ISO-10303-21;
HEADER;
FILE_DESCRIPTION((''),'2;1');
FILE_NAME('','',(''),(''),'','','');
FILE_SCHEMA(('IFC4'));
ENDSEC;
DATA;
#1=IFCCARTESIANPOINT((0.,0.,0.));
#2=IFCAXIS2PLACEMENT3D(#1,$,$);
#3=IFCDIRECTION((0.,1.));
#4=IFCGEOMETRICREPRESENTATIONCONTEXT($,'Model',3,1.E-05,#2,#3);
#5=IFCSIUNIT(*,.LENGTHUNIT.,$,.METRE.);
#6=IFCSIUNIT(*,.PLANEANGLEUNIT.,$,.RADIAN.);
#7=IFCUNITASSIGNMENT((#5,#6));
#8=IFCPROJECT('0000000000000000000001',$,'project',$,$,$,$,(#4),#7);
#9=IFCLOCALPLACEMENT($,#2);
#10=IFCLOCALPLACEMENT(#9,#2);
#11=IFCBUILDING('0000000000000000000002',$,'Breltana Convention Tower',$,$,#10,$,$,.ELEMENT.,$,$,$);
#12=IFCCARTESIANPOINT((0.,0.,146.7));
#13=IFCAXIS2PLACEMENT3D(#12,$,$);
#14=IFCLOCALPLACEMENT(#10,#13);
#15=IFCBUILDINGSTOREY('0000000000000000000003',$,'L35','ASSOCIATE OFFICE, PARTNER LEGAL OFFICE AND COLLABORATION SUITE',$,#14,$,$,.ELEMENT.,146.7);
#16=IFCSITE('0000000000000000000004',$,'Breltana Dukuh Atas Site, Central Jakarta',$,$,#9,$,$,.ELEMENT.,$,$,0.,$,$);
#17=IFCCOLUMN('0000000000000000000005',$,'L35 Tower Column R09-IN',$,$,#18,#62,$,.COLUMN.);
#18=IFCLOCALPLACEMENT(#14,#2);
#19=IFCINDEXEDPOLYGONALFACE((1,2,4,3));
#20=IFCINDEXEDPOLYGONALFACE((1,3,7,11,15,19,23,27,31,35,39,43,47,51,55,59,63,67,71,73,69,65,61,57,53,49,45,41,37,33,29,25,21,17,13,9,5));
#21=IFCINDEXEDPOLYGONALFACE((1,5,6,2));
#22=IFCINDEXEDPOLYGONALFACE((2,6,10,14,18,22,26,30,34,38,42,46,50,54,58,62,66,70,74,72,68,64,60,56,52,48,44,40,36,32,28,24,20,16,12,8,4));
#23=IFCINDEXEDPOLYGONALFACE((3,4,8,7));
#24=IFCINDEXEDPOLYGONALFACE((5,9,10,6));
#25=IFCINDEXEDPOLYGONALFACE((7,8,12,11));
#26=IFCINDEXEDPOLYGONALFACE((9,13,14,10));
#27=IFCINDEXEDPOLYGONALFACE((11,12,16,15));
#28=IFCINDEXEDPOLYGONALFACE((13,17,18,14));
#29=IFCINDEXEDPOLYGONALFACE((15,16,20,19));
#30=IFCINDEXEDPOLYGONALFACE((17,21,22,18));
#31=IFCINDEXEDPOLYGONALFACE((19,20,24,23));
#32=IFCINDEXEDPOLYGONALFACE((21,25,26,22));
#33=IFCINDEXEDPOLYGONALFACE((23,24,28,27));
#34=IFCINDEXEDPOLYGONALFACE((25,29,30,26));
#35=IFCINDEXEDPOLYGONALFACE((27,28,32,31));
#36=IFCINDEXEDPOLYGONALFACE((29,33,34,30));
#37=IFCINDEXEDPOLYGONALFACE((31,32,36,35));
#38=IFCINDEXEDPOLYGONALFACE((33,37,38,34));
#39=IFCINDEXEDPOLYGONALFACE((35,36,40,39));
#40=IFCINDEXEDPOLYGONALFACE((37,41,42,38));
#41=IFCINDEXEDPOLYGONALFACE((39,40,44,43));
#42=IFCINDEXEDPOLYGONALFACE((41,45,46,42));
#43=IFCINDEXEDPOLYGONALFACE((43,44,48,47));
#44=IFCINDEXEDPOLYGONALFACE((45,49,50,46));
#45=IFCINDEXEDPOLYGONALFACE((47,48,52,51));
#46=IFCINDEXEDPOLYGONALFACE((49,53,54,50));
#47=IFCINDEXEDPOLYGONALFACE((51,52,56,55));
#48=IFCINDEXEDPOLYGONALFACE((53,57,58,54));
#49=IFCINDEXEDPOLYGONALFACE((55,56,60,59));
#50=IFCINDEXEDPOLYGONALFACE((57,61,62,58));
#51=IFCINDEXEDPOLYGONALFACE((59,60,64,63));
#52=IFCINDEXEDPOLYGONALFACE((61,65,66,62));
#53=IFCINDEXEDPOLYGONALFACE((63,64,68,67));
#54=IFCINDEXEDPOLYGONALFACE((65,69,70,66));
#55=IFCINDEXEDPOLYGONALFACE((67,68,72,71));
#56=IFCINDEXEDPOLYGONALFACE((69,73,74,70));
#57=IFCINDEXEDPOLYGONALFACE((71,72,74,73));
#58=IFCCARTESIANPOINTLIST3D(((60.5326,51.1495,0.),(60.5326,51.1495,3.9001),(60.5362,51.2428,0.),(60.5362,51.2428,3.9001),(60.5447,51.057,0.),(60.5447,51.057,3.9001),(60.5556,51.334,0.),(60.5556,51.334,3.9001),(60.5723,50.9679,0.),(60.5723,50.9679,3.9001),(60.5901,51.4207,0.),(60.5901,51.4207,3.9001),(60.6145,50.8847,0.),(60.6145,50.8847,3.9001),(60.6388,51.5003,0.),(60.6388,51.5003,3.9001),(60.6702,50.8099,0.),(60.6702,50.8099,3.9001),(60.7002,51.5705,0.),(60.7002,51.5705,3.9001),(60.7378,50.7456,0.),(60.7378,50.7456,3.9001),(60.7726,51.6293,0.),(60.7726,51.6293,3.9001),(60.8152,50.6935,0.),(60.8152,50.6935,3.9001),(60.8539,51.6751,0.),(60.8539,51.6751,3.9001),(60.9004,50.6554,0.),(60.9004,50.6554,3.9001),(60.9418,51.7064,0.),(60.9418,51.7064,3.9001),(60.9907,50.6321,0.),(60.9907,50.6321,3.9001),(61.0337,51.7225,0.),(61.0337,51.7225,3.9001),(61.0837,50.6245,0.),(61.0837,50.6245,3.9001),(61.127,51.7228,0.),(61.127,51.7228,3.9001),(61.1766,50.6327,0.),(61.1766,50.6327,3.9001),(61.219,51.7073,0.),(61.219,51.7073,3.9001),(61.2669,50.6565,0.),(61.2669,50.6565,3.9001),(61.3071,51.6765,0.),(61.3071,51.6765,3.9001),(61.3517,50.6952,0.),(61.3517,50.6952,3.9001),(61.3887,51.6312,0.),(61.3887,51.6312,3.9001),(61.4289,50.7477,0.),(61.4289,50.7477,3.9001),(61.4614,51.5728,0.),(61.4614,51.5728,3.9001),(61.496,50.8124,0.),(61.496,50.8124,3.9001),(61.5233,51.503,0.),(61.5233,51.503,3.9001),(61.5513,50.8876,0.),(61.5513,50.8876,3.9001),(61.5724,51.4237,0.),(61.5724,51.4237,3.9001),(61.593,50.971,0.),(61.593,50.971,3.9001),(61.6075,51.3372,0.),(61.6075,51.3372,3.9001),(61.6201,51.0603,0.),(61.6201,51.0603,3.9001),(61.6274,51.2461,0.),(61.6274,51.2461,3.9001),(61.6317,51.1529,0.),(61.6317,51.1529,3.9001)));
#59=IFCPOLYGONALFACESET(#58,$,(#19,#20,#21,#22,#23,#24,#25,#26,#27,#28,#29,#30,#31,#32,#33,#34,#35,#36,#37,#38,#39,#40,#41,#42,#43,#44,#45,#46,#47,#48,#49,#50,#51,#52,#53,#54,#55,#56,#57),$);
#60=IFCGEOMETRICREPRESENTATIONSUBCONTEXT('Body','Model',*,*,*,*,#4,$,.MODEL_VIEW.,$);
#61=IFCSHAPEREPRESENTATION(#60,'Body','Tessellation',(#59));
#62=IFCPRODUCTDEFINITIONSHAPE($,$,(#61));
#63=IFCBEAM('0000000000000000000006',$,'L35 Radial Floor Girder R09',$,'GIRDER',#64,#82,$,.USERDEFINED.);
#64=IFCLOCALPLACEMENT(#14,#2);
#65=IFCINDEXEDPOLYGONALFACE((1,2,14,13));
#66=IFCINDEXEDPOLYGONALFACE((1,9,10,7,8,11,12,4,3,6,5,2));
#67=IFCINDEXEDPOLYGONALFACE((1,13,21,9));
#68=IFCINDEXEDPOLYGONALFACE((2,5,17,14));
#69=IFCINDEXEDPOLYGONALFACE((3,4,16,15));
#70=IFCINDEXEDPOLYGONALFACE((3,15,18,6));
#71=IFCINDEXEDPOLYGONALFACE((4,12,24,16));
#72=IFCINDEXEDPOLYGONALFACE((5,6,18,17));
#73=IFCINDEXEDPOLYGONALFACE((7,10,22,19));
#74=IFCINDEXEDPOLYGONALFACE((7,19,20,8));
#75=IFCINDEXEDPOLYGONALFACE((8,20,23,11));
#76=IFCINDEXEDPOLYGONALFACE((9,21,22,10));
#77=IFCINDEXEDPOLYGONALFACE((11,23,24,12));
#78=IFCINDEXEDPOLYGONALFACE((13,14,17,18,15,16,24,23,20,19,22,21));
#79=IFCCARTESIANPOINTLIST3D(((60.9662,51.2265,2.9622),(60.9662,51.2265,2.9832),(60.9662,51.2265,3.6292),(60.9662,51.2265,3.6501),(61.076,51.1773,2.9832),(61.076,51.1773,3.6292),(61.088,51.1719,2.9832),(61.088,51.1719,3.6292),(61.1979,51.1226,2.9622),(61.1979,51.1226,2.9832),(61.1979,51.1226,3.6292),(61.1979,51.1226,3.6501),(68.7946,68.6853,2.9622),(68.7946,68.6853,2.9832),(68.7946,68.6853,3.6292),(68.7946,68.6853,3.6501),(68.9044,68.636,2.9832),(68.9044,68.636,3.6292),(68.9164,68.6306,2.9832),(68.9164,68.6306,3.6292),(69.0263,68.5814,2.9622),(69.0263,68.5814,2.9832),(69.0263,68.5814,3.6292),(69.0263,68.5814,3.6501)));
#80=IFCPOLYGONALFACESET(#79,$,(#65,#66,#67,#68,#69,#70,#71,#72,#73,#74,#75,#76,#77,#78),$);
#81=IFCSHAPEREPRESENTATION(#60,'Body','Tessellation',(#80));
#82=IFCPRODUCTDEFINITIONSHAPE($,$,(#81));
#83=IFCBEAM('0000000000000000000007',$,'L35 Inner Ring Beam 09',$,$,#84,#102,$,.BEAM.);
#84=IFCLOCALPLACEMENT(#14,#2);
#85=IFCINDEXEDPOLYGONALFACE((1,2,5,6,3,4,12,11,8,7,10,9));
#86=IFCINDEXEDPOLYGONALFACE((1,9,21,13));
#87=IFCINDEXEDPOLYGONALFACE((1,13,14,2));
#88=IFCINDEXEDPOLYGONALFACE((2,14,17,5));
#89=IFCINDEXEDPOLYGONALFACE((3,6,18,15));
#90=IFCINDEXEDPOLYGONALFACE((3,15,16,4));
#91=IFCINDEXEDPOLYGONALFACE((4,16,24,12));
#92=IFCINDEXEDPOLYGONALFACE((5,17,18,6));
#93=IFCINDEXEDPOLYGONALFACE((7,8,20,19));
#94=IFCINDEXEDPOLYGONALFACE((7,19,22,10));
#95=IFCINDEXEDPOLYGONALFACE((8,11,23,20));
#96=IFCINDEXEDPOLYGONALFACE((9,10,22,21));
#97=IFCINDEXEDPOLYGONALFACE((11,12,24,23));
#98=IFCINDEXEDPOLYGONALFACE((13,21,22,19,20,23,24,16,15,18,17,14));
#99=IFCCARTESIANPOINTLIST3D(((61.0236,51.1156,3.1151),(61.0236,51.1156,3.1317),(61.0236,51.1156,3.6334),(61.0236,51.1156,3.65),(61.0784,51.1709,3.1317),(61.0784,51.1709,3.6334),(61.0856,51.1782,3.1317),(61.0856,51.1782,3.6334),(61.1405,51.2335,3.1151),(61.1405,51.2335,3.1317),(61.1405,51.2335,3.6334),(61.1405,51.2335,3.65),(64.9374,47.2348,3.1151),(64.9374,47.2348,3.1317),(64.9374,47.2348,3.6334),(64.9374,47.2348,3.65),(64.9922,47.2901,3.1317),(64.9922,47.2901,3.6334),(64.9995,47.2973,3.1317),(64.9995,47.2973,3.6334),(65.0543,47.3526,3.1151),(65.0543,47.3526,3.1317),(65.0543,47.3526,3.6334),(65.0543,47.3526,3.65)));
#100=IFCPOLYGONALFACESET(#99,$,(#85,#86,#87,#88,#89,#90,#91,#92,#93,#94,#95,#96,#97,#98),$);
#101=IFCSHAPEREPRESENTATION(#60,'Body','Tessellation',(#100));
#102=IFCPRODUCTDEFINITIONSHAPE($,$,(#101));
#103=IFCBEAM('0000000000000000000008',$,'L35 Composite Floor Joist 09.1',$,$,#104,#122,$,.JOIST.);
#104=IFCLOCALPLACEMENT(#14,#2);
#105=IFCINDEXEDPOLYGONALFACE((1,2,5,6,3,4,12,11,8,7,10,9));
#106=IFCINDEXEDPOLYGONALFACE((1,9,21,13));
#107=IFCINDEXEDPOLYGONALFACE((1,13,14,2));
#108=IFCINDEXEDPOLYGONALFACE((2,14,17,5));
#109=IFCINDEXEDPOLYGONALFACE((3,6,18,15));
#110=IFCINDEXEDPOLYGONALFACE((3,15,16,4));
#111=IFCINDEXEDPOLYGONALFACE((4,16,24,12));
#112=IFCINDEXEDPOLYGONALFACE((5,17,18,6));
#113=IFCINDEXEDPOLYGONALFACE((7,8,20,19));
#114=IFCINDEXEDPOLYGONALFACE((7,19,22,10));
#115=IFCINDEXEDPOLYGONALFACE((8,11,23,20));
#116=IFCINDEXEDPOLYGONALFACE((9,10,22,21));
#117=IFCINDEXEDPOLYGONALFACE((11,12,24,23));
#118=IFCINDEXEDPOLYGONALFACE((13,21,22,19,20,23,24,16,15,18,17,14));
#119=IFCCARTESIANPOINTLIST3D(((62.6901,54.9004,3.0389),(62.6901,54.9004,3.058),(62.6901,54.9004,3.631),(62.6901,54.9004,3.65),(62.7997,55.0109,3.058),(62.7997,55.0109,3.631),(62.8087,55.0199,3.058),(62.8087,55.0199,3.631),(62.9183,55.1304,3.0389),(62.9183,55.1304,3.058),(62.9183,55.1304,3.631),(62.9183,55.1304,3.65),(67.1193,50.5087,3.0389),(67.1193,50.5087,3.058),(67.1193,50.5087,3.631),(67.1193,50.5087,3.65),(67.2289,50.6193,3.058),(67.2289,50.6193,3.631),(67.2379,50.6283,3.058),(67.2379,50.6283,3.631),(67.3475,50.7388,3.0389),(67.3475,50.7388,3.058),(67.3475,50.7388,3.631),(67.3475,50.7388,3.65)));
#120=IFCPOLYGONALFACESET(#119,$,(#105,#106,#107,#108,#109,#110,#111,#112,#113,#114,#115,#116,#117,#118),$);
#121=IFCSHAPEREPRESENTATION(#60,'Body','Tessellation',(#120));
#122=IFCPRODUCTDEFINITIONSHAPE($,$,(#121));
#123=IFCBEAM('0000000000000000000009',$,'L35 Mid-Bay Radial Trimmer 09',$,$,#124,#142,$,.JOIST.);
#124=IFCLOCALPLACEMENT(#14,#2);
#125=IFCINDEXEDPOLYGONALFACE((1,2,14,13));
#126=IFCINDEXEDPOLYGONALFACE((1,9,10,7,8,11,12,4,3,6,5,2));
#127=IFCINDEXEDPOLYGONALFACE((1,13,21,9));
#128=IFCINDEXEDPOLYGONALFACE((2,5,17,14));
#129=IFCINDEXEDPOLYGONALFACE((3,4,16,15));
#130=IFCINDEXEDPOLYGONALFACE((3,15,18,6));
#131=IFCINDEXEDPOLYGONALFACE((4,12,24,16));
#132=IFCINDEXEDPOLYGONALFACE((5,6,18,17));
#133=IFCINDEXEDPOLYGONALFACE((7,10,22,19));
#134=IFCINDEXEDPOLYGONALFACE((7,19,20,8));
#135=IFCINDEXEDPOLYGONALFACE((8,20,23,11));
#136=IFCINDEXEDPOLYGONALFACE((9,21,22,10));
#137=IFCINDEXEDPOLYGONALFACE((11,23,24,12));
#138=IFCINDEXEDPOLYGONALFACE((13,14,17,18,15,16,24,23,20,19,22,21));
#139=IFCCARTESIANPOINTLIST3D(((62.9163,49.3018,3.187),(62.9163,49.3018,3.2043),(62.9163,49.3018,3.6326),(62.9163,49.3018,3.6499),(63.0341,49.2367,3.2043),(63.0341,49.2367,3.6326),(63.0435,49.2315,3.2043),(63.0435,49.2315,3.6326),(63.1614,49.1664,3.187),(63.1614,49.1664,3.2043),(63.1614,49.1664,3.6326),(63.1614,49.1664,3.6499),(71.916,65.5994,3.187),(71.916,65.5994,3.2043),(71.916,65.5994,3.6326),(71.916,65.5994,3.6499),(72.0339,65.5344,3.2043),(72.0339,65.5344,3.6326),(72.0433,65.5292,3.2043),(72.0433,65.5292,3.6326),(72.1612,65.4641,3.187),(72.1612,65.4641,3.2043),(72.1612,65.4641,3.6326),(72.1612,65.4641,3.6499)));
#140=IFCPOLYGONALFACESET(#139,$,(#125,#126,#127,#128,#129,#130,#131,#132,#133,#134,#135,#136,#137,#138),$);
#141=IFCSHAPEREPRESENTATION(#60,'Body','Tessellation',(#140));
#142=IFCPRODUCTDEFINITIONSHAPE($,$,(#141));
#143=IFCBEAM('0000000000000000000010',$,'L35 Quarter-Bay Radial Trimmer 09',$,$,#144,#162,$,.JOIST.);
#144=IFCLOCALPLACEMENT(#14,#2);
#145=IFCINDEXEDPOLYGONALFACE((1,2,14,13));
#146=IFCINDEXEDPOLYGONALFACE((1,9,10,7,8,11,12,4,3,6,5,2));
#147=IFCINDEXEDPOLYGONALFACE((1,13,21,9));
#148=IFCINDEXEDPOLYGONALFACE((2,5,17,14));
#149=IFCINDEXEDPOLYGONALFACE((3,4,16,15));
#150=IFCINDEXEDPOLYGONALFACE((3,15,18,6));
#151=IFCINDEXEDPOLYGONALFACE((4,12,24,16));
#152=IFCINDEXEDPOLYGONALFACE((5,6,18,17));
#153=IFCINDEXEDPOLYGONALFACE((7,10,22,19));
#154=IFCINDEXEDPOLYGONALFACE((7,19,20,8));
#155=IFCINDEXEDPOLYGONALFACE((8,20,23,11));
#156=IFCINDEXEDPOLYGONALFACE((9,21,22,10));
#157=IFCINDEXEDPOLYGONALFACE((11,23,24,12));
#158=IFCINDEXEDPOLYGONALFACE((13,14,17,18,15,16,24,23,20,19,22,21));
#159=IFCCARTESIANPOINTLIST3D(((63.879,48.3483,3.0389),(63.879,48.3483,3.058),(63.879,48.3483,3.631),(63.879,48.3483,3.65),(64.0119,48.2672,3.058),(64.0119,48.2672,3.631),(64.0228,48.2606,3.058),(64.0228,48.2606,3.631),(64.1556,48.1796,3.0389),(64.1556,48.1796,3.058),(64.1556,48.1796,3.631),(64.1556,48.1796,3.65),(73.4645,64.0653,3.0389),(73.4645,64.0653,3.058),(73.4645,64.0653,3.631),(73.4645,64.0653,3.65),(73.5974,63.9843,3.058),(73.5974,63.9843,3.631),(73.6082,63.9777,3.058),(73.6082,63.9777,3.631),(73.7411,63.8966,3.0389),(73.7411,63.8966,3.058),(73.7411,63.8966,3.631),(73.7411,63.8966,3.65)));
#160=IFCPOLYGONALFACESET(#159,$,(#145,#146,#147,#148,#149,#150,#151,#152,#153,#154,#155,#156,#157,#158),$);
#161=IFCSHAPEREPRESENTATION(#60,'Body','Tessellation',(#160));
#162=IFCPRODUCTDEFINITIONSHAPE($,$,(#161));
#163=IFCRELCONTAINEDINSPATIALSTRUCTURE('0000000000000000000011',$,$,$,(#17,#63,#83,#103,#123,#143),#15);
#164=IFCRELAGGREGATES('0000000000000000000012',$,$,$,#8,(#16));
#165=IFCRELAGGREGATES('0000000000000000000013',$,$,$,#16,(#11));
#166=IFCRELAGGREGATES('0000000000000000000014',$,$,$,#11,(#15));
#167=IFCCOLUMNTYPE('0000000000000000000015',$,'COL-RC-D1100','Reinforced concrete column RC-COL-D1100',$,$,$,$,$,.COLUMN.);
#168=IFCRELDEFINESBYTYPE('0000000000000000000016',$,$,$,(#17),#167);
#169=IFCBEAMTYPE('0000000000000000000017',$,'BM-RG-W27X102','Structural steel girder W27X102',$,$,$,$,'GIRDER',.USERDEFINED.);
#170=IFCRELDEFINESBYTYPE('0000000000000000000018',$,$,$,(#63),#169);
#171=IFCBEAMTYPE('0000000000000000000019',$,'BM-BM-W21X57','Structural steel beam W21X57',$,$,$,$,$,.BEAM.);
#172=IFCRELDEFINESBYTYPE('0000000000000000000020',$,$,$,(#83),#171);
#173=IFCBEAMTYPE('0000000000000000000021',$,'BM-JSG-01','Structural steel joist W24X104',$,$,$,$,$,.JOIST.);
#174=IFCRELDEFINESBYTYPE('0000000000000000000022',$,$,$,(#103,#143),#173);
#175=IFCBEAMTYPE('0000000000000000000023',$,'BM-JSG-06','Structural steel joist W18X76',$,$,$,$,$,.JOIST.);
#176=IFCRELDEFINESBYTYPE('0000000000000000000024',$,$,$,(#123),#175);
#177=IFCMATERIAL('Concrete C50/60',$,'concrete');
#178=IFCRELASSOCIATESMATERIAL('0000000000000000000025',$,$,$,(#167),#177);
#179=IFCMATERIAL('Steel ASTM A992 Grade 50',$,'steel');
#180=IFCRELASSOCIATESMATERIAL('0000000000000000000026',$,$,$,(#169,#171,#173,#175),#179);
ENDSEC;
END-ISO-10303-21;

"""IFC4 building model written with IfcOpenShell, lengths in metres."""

from ifc_helpers import new_model, si_unit, direction, frame, origin, origin_2d, place, context, subcontext, project, spatial, circle, i_section, extrude, source, transform, mapped, material, material_profile, profile_set, type_object, element, save


model = new_model("IFC4")

# Units and contexts
model_context = context("Model", 3, precision=1e-05, world=origin(), true_north=direction((0.0, 1.0)))
body_context = subcontext(model_context, "Body", "Model", "MODEL_VIEW")
ifc_project = project(units=[si_unit("LENGTHUNIT", "METRE"), si_unit("PLANEANGLEUNIT", "RADIAN")], contexts=[model_context])

# Site, building, storey
site_placement = place(None, origin())
site = spatial("IfcSite", under=ifc_project, at=site_placement, Name="Breltana Dukuh Atas Site, Central Jakarta", CompositionType="ELEMENT", RefElevation=0.0)
building_placement = place(site_placement, origin())
building = spatial("IfcBuilding", under=site, at=building_placement, Name="Breltana Convention Tower", CompositionType="ELEMENT")
storey_placement = place(building_placement, frame((0.0, 0.0, 146.7)))
storey = spatial("IfcBuildingStorey", under=building, at=storey_placement, Name="L35", Description="ASSOCIATE OFFICE, PARTNER LEGAL OFFICE AND COLLABORATION SUITE", CompositionType="ELEMENT", Elevation=146.7)

# Column
ifc_material_1 = material(Name="Concrete C50/60", Category="concrete")
ifc_material_profile_1 = material_profile(ifc_material_1, circle(Radius=0.55, at=origin_2d()), Name="RC-COL-D1100")
ifc_profile_set_1 = profile_set([ifc_material_profile_1], Name="Concrete C50/60")
column_type = type_object("IfcColumnType", Name="COL-RC-D1100", Description="Reinforced concrete column RC-COL-D1100", PredefinedType="COLUMN", material=ifc_profile_set_1)
shared_shape_1 = source(origin(), body_context, "Body", "SweptSolid", [
    extrude(circle(Radius=0.55, at=origin_2d()), origin(), (0.0, 0.0, 1.0), 3.9001),
])
for number, where, z_axis, x_axis, name in (
    (1, (61.082, 51.1746, 0.0), (0.0, 0.0, 1.0), (0.409127, 0.912477, 0.0), "L35 Tower Column R09-IN"),
):
    element("IfcColumn", number, at=place(storey_placement, frame(where, z_axis=z_axis, x_axis=x_axis)), inside=storey, type_object=column_type, Name=name, PredefinedType="COLUMN", context=body_context, shape_type="MappedRepresentation", body=[
        mapped(shared_shape_1, transform((0.0, 0.0, 0.0), scale=1.0)),
    ])

# Beams
ifc_material_2 = material(Name="Steel ASTM A992 Grade 50", Category="steel")
ifc_material_profile_2 = material_profile(ifc_material_2, i_section(OverallWidth=0.2539, OverallDepth=0.688, WebThickness=0.0132, FlangeThickness=0.021, at=origin_2d()), Name="W27X102")
ifc_profile_set_2 = profile_set([ifc_material_profile_2], Name="Steel ASTM A992 Grade 50")
beam_type_1 = type_object("IfcBeamType", Name="BM-RG-W27X102", Description="Structural steel girder W27X102", ElementType="GIRDER", PredefinedType="USERDEFINED", material=ifc_profile_set_2)
shared_shape_2 = source(origin(), body_context, "Body", "SweptSolid", [
    extrude(i_section(OverallWidth=0.2539, OverallDepth=0.688, WebThickness=0.0132, FlangeThickness=0.021, at=origin_2d()), origin(), (0.0, 0.0, 1.0), 19.1335),
])
beam_1_placement = place(storey_placement, frame((61.082, 51.1746, 3.3062), z_axis=(0.409145, 0.91247, 0.0), x_axis=(-0.91247, 0.409145, 0.0)))
element("IfcBeam", 2, at=beam_1_placement, inside=storey, type_object=beam_type_1, Name="L35 Radial Floor Girder R09", ObjectType="GIRDER", PredefinedType="USERDEFINED", context=body_context, shape_type="MappedRepresentation", body=[
    mapped(shared_shape_2, transform((0.0, 0.0, 0.0), scale=1.0)),
])
ifc_material_profile_3 = material_profile(ifc_material_2, i_section(OverallWidth=0.166, OverallDepth=0.5349, WebThickness=0.0103, FlangeThickness=0.0166, at=origin_2d()), Name="W21X57")
ifc_profile_set_3 = profile_set([ifc_material_profile_3], Name="Steel ASTM A992 Grade 50")
beam_type_2 = type_object("IfcBeamType", Name="BM-BM-W21X57", Description="Structural steel beam W21X57", PredefinedType="BEAM", material=ifc_profile_set_3)
shared_shape_3 = source(origin(), body_context, "Body", "SweptSolid", [
    extrude(i_section(OverallWidth=0.166, OverallDepth=0.5349, WebThickness=0.0103, FlangeThickness=0.0166, at=origin_2d()), origin(), (0.0, 0.0, 1.0), 5.5117),
])
beam_2_placement = place(storey_placement, frame((61.082, 51.1746, 3.3826), z_axis=(0.71009, -0.704111, 0.0), x_axis=(0.704111, 0.71009, 0.0)))
element("IfcBeam", 3, at=beam_2_placement, inside=storey, type_object=beam_type_2, Name="L35 Inner Ring Beam 09", PredefinedType="BEAM", context=body_context, shape_type="MappedRepresentation", body=[
    mapped(shared_shape_3, transform((0.0, 0.0, 0.0), scale=1.0)),
])
ifc_material_profile_4 = material_profile(ifc_material_2, i_section(OverallWidth=0.324, OverallDepth=0.6111, WebThickness=0.0127, FlangeThickness=0.019, at=origin_2d()), Name="W24X104")
ifc_profile_set_4 = profile_set([ifc_material_profile_4], Name="Steel ASTM A992 Grade 50")
beam_type_3 = type_object("IfcBeamType", Name="BM-JSG-01", Description="Structural steel joist W24X104", PredefinedType="JOIST", material=ifc_profile_set_4)
shared_shape_4 = source(origin(), body_context, "Body", "SweptSolid", [
    extrude(i_section(OverallWidth=0.324, OverallDepth=0.6111, WebThickness=0.0127, FlangeThickness=0.019, at=origin_2d()), origin(), (0.0, 0.0, 1.0), 6.2373),
])
beam_3_placement = place(storey_placement, frame((62.8042, 55.0154, 3.3445), z_axis=(0.710114, -0.704086, 0.0), x_axis=(0.704086, 0.710114, 0.0)))
element("IfcBeam", 4, at=beam_3_placement, inside=storey, type_object=beam_type_3, Name="L35 Composite Floor Joist 09.1", PredefinedType="JOIST", context=body_context, shape_type="MappedRepresentation", body=[
    mapped(shared_shape_4, transform((0.0, 0.0, 0.0), scale=1.0)),
])
ifc_material_profile_5 = material_profile(ifc_material_2, i_section(OverallWidth=0.28, OverallDepth=0.4629, WebThickness=0.0107, FlangeThickness=0.0173, at=origin_2d()), Name="W18X76")
ifc_profile_set_5 = profile_set([ifc_material_profile_5], Name="Steel ASTM A992 Grade 50")
beam_type_4 = type_object("IfcBeamType", Name="BM-JSG-06", Description="Structural steel joist W18X76", PredefinedType="JOIST", material=ifc_profile_set_5)
shared_shape_5 = source(origin(), body_context, "Body", "SweptSolid", [
    extrude(i_section(OverallWidth=0.28, OverallDepth=0.4629, WebThickness=0.0107, FlangeThickness=0.0173, at=origin_2d()), origin(), (0.0, 0.0, 1.0), 18.6174),
])
beam_4_placement = place(storey_placement, frame((63.0388, 49.2341, 3.4185), z_axis=(0.483406, 0.875396, 0.0), x_axis=(-0.875396, 0.483406, 0.0)))
element("IfcBeam", 5, at=beam_4_placement, inside=storey, type_object=beam_type_4, Name="L35 Mid-Bay Radial Trimmer 09", PredefinedType="JOIST", context=body_context, shape_type="MappedRepresentation", body=[
    mapped(shared_shape_5, transform((0.0, 0.0, 0.0), scale=1.0)),
])
shared_shape_6 = source(origin(), body_context, "Body", "SweptSolid", [
    extrude(i_section(OverallWidth=0.324, OverallDepth=0.6111, WebThickness=0.0127, FlangeThickness=0.019, at=origin_2d()), origin(), (0.0, 0.0, 1.0), 18.4094),
])
beam_5_placement = place(storey_placement, frame((64.0173, 48.2639, 3.3445), z_axis=(0.520682, 0.853751, 0.0), x_axis=(-0.853751, 0.520682, 0.0)))
element("IfcBeam", 6, at=beam_5_placement, inside=storey, type_object=beam_type_3, Name="L35 Quarter-Bay Radial Trimmer 09", PredefinedType="JOIST", context=body_context, shape_type="MappedRepresentation", body=[
    mapped(shared_shape_6, transform((0.0, 0.0, 0.0), scale=1.0)),
])

save(model, "model.ifc")
